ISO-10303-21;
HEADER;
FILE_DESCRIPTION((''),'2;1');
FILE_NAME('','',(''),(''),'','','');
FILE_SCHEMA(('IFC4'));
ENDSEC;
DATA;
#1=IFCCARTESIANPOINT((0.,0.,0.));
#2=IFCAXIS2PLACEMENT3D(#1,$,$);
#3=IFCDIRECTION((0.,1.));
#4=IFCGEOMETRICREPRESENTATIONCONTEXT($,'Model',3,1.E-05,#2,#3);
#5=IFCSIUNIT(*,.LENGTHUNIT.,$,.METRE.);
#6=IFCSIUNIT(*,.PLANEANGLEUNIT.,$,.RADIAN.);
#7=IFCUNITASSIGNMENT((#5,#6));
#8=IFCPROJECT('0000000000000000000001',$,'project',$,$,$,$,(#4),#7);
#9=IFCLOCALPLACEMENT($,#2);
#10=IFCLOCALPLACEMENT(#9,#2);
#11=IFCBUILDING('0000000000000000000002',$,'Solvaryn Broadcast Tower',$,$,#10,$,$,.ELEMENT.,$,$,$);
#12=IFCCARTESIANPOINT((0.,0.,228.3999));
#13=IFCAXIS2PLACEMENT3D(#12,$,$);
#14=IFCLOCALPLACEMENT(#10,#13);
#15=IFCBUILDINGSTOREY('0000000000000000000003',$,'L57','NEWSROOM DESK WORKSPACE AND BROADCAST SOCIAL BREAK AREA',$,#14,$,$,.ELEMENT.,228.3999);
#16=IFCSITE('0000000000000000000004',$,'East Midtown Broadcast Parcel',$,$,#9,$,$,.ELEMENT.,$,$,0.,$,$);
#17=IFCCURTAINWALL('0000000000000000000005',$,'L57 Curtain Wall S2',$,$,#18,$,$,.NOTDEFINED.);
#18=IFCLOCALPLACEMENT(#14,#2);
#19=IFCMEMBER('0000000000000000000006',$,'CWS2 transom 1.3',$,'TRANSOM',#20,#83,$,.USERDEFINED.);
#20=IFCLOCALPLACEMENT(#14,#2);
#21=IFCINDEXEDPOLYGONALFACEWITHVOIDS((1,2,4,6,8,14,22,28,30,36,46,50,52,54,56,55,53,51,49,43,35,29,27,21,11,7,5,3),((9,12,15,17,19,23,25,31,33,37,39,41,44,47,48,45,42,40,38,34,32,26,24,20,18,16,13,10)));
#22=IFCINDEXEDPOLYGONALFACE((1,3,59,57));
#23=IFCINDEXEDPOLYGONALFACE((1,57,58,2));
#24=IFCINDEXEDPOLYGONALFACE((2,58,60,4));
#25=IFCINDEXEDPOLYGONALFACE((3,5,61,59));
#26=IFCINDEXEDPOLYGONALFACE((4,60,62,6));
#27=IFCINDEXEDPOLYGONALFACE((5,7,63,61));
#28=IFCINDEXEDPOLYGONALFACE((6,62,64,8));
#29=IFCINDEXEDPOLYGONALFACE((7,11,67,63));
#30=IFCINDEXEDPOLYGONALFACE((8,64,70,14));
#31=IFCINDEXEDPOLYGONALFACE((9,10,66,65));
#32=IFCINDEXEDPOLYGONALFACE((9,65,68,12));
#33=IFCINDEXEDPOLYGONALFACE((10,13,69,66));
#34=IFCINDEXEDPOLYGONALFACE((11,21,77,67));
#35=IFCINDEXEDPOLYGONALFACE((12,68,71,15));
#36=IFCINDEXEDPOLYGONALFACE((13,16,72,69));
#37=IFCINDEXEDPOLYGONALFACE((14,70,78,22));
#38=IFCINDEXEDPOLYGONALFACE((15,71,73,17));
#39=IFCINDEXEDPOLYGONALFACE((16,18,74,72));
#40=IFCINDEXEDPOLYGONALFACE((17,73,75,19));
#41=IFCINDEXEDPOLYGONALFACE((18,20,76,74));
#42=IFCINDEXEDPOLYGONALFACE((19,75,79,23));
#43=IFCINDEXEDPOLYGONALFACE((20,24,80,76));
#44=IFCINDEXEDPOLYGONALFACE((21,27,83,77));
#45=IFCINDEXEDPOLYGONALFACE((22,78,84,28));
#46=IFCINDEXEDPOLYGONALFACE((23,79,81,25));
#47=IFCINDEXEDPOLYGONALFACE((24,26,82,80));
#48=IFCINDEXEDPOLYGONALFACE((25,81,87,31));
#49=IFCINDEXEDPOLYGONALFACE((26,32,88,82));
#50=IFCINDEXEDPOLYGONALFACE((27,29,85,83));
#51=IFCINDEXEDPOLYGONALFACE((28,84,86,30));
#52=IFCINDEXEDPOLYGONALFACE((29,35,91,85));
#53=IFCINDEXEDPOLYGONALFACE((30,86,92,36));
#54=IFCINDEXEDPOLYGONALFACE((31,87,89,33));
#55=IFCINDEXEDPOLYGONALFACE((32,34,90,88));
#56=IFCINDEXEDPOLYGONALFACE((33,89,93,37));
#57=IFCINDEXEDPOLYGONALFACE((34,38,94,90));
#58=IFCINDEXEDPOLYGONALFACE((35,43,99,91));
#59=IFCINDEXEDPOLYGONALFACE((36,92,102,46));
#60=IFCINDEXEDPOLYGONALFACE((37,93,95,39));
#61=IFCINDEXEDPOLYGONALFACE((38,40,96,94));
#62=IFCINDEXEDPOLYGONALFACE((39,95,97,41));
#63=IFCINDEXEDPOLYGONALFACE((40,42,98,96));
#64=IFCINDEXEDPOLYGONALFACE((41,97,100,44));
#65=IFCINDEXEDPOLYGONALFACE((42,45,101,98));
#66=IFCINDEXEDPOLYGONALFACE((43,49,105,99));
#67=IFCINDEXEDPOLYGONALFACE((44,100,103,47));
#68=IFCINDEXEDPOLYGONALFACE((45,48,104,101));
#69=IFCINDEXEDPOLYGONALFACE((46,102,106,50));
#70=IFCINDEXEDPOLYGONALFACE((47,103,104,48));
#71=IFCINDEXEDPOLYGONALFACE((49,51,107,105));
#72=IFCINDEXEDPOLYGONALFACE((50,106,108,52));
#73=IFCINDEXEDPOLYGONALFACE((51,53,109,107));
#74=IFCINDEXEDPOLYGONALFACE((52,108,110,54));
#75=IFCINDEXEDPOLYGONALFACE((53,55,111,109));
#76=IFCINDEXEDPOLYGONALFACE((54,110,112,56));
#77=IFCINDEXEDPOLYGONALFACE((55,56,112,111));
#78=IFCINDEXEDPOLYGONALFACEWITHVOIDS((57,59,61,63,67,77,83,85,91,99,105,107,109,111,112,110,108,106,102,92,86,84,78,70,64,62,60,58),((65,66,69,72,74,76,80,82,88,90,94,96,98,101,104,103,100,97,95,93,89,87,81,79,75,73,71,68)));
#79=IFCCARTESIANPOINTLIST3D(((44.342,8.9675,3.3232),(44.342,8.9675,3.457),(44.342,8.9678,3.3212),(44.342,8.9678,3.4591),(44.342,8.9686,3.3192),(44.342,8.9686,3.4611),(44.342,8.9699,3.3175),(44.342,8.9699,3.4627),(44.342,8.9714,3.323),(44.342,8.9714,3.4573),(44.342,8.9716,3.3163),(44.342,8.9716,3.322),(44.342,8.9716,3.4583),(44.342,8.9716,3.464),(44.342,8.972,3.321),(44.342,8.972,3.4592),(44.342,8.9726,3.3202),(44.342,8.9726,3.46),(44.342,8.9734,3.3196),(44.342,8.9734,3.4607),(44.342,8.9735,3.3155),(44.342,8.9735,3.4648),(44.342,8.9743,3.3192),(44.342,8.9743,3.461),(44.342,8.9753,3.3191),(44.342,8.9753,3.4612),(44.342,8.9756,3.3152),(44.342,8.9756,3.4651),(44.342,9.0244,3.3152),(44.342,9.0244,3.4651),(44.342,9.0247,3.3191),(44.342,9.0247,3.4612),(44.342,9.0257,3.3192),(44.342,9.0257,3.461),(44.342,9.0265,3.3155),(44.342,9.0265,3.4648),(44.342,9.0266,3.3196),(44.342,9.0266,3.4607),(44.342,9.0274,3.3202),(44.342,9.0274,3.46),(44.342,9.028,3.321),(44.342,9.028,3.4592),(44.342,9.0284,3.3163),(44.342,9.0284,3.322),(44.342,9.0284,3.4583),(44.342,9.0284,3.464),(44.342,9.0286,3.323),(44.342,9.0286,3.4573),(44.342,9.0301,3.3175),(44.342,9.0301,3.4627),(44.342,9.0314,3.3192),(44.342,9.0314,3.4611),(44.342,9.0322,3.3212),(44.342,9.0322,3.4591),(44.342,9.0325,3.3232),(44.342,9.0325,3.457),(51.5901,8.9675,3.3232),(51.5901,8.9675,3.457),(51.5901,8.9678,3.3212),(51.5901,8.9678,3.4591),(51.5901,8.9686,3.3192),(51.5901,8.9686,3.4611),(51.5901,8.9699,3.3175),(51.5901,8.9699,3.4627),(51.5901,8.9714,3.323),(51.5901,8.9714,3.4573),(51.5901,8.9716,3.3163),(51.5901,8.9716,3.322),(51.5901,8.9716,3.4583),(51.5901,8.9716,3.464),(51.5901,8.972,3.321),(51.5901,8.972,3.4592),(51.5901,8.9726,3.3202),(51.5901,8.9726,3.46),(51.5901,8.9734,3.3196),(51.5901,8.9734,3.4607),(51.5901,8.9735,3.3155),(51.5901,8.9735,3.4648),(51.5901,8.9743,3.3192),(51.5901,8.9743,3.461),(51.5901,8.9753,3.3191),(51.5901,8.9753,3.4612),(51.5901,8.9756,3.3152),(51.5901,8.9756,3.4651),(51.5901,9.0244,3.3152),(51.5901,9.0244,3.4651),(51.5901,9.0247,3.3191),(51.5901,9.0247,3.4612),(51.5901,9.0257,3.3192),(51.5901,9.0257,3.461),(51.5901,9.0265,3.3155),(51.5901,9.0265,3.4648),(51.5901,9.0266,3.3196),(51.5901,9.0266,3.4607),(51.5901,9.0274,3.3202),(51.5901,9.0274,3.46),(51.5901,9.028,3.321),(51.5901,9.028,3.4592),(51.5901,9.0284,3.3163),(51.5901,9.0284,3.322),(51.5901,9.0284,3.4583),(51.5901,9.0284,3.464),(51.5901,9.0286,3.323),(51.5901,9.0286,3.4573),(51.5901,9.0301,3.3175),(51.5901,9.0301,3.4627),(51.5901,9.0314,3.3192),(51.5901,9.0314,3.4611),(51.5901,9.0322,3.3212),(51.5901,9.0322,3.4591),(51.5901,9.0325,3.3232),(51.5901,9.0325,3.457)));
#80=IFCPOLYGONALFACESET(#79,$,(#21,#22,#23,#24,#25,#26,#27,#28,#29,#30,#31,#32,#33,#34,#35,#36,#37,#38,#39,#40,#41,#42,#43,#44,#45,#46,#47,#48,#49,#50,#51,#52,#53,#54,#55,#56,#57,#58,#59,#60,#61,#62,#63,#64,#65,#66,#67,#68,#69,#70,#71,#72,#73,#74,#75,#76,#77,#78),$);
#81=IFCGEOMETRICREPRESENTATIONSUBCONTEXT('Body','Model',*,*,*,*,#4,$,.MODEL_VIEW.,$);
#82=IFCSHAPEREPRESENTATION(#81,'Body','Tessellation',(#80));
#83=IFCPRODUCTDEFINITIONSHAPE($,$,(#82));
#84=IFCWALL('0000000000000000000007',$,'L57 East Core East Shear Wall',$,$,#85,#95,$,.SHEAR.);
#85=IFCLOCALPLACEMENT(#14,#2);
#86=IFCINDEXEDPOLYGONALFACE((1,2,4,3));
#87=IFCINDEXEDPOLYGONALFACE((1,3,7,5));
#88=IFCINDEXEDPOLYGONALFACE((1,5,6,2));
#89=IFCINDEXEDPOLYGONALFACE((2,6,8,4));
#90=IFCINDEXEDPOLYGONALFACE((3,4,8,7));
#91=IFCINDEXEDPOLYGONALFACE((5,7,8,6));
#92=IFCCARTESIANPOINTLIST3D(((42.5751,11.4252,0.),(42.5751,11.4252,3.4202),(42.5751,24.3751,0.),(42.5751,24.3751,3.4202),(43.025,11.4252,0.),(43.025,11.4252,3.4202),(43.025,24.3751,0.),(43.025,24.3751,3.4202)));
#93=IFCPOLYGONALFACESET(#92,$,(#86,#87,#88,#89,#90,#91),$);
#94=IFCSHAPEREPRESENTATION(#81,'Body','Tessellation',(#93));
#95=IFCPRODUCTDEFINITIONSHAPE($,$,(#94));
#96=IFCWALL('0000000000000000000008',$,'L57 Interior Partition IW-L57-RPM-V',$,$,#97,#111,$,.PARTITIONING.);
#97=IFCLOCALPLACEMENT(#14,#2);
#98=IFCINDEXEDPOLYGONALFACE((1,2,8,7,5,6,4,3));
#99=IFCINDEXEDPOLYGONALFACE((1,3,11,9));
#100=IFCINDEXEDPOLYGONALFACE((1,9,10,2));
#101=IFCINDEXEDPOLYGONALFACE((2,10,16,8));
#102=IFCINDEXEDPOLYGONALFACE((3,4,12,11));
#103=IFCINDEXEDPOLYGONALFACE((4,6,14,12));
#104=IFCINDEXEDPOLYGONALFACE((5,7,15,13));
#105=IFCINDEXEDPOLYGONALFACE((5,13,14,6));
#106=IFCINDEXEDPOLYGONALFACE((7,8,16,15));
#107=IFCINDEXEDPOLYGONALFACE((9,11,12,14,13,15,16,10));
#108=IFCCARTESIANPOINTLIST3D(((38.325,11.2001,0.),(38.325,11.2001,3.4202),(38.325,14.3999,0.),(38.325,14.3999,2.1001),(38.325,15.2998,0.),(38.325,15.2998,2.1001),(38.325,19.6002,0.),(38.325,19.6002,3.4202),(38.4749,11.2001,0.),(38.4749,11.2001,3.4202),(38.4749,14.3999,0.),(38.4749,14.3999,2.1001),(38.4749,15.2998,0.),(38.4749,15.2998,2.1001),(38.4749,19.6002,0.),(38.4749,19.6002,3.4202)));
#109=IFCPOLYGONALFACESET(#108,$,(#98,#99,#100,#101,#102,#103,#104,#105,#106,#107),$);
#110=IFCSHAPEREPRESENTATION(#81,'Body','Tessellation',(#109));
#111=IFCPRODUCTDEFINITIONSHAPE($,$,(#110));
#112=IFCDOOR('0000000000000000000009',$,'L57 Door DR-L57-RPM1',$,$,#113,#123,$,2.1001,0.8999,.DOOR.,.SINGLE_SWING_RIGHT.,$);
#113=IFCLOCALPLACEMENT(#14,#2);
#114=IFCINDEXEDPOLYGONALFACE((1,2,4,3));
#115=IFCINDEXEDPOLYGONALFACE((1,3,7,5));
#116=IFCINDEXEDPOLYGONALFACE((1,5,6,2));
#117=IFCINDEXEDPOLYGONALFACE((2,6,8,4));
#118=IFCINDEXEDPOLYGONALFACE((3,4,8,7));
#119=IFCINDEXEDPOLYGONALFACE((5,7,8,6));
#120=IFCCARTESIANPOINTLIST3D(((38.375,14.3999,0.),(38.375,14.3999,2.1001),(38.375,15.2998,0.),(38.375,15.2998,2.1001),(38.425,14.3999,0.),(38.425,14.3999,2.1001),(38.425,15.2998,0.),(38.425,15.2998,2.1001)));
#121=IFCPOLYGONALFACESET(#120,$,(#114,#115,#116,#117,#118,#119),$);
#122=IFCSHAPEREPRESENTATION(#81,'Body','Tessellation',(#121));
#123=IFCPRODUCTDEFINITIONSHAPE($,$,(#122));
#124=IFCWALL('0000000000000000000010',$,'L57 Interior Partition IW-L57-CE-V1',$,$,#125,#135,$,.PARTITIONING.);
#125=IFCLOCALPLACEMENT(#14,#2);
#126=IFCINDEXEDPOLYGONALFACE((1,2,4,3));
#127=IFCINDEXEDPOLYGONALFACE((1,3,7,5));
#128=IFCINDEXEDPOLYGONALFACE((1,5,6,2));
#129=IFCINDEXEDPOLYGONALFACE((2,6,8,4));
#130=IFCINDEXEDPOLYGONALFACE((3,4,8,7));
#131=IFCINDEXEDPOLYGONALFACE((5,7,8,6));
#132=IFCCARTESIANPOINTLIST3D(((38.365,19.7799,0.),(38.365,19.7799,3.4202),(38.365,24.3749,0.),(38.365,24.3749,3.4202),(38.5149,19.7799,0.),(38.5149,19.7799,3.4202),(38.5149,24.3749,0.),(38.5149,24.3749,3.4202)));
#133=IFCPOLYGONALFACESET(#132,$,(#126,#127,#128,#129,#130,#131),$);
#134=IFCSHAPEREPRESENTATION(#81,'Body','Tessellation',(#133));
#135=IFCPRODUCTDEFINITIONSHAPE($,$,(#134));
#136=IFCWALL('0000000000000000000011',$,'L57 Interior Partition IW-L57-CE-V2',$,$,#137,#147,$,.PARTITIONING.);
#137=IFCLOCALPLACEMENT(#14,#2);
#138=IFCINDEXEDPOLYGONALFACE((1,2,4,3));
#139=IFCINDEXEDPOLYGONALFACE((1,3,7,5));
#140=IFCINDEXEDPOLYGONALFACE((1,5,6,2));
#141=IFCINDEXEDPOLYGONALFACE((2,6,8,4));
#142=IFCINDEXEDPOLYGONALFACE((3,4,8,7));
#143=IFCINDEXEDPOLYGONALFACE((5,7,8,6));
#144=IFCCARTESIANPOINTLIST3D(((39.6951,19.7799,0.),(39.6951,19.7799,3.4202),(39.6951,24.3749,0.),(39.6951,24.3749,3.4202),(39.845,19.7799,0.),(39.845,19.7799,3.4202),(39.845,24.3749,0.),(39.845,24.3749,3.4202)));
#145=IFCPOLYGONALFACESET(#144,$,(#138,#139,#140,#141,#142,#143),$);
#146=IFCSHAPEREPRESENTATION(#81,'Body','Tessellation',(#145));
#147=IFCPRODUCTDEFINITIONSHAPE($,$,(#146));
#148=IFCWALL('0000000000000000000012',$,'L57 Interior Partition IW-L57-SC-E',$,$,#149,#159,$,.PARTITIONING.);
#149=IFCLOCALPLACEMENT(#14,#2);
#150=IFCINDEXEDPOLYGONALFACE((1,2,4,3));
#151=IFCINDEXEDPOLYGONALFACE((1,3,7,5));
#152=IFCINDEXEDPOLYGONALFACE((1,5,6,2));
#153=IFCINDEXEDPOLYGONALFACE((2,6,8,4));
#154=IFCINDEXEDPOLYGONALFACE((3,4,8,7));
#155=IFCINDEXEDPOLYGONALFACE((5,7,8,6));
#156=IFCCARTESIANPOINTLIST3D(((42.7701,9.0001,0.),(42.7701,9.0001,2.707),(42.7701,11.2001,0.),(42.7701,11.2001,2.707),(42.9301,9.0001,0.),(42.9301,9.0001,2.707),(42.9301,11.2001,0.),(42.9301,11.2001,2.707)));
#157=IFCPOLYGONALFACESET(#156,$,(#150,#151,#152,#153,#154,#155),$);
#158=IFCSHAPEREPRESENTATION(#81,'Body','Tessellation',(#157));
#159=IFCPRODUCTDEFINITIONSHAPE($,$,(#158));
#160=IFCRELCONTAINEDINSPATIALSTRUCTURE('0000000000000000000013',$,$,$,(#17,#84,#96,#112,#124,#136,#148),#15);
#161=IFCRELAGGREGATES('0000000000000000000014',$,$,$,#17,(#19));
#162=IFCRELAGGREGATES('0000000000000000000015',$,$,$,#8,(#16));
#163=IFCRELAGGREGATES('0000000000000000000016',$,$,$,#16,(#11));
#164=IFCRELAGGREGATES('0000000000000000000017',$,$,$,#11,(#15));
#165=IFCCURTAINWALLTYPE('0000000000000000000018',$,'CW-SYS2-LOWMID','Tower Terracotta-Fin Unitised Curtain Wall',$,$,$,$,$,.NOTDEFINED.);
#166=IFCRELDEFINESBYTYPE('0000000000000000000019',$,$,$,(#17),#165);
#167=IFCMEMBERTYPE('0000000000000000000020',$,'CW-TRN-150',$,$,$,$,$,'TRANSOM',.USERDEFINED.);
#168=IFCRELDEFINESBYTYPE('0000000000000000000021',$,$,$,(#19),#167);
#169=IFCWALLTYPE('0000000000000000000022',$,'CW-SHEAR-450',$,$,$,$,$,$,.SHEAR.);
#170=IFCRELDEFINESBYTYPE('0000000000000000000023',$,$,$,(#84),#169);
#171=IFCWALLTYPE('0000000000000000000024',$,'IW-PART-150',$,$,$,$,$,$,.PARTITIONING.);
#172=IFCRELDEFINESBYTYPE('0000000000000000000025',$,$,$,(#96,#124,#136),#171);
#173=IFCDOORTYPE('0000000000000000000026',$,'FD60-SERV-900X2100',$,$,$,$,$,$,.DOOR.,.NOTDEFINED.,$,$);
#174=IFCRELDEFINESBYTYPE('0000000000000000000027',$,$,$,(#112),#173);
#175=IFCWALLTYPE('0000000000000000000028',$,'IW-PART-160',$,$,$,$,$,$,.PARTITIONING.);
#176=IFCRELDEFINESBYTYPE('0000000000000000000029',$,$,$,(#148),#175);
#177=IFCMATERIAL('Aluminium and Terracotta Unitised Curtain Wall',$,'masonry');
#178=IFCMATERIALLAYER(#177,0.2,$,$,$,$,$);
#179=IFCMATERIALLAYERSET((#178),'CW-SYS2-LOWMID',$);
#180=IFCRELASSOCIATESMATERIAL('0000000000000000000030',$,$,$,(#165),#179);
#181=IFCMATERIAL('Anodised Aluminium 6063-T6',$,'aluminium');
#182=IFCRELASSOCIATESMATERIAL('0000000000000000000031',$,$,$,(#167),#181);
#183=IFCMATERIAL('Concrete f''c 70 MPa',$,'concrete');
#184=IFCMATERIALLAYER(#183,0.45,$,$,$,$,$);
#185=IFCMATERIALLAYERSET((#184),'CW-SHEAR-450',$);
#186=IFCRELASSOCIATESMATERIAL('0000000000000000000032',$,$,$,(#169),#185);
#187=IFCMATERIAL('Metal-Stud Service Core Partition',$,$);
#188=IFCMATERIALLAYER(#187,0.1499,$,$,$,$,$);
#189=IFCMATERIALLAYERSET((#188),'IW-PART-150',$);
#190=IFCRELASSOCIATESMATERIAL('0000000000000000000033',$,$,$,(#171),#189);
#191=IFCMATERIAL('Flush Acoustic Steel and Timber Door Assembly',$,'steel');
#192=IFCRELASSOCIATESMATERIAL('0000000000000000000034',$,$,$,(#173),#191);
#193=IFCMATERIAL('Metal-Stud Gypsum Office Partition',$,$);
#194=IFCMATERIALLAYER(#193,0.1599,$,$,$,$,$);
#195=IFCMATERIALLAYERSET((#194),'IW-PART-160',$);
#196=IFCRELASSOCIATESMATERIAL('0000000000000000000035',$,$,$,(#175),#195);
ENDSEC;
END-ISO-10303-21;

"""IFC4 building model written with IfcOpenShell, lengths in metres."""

from ifc_helpers import new_model, si_unit, direction, frame, frame_2d, origin, origin_2d, place, context, subcontext, project, spatial, rectangle, hollow_rectangle, extrude, material, layer, layer_set, material_profile, profile_set, type_object, element, fill, aggregate, save


model = new_model("IFC4")

# Units and contexts
model_context = context("Model", 3, precision=1e-05, world=origin(), true_north=direction((0.0, 1.0)))
body_context = subcontext(model_context, "Body", "Model", "MODEL_VIEW")
ifc_project = project(units=[si_unit("LENGTHUNIT", "METRE"), si_unit("PLANEANGLEUNIT", "RADIAN")], contexts=[model_context])

# Site, building, storey
site_placement = place(None, origin())
site = spatial("IfcSite", under=ifc_project, at=site_placement, Name="East Midtown Broadcast Parcel", CompositionType="ELEMENT", RefElevation=0.0)
building_placement = place(site_placement, origin())
building = spatial("IfcBuilding", under=site, at=building_placement, Name="Solvaryn Broadcast Tower", CompositionType="ELEMENT")
storey_placement = place(building_placement, frame((0.0, 0.0, 228.3999)))
storey = spatial("IfcBuildingStorey", under=building, at=storey_placement, Name="L57", Description="NEWSROOM DESK WORKSPACE AND BROADCAST SOCIAL BREAK AREA", CompositionType="ELEMENT", Elevation=228.3999)

# Shared definitions
ifc_material_1 = material(Name="Aluminium and Terracotta Unitised Curtain Wall", Category="masonry")
ifc_layer_1 = layer(ifc_material_1, 0.2)
ifc_layer_set_1 = layer_set([ifc_layer_1], Name="CW-SYS2-LOWMID")
curtain_wall_type = type_object("IfcCurtainWallType", Name="CW-SYS2-LOWMID", Description="Tower Terracotta-Fin Unitised Curtain Wall", PredefinedType="NOTDEFINED", material=ifc_layer_set_1)

# Curtain wall, member
curtain_wall_1_placement = place(storey_placement, origin())
curtain_wall_1 = element("IfcCurtainWall", 1, at=curtain_wall_1_placement, inside=storey, type_object=curtain_wall_type, Name="L57 Curtain Wall S2", PredefinedType="NOTDEFINED")
ifc_material_2 = material(Name="Anodised Aluminium 6063-T6", Category="aluminium")
ifc_material_profile_1 = material_profile(ifc_material_2, hollow_rectangle(XDim=0.0649, YDim=0.1499, WallThickness=0.0039, InnerFilletRadius=0.0039, OuterFilletRadius=0.0081, at=origin_2d()))
ifc_profile_set_1 = profile_set([ifc_material_profile_1], Name="Anodised Aluminium 6063-T6")
member_type_1 = type_object("IfcMemberType", Name="CW-TRN-150", ElementType="TRANSOM", PredefinedType="USERDEFINED", material=ifc_profile_set_1)
member_1_placement = place(storey_placement, frame((44.342, 9.0, 3.3901), z_axis=(1.0, 0.0, 0.0), x_axis=(0.0, 1.0, 0.0)))
member_1 = element("IfcMember", 2, at=member_1_placement, type_object=member_type_1, Name="CWS2 transom 1.3", ObjectType="TRANSOM", PredefinedType="USERDEFINED", context=body_context, shape_type="SweptSolid", body=[
    extrude(hollow_rectangle(XDim=0.0649, YDim=0.1499, WallThickness=0.0039, InnerFilletRadius=0.0039, OuterFilletRadius=0.0081, at=origin_2d()), origin(), (0.0, 0.0, 1.0), 7.248),
])
aggregate(curtain_wall_1, [member_1])

# Wall
ifc_material_3 = material(Name="Concrete f'c 70 MPa", Category="concrete")
ifc_layer_2 = layer(ifc_material_3, 0.45)
ifc_layer_set_2 = layer_set([ifc_layer_2], Name="CW-SHEAR-450")
wall_type_1 = type_object("IfcWallType", Name="CW-SHEAR-450", PredefinedType="SHEAR", material=ifc_layer_set_2)
wall_1_placement = place(storey_placement, frame((42.8, 11.425, 0.0), z_axis=(0.0, 0.0, 1.0), x_axis=(0.0, 1.0, 0.0)))
element("IfcWall", 3, at=wall_1_placement, inside=storey, type_object=wall_type_1, Name="L57 East Core East Shear Wall", PredefinedType="SHEAR", context=body_context, shape_type="SweptSolid", body=[
    extrude(rectangle(XDim=12.95, YDim=0.45, at=frame_2d((6.4751, 0.0))), origin(), (0.0, 0.0, 1.0), 3.4202),
])

# Wall, opening, door
ifc_material_4 = material(Name="Metal-Stud Service Core Partition")
ifc_layer_3 = layer(ifc_material_4, 0.1499)
ifc_layer_set_3 = layer_set([ifc_layer_3], Name="IW-PART-150")
wall_type_2 = type_object("IfcWallType", Name="IW-PART-150", PredefinedType="PARTITIONING", material=ifc_layer_set_3)
wall_2_placement = place(storey_placement, frame((38.3999, 11.2, 0.0), z_axis=(0.0, 0.0, 1.0), x_axis=(0.0, 1.0, 0.0)))
wall_2 = element("IfcWall", 4, at=wall_2_placement, inside=storey, type_object=wall_type_2, Name="L57 Interior Partition IW-L57-RPM-V", PredefinedType="PARTITIONING", context=body_context, shape_type="SweptSolid", body=[
    extrude(rectangle(XDim=8.4001, YDim=0.1499, at=frame_2d((4.2002, 0.0))), origin(), (0.0, 0.0, 1.0), 3.4202),
])
opening_1_placement = place(wall_2_placement, frame((3.2, 0.0, 0.0)))
opening_1 = element("IfcOpeningElement", 5, at=opening_1_placement, cuts=wall_2, PredefinedType="OPENING", context=body_context, shape_type="SweptSolid", body=[
    extrude(rectangle(XDim=0.8999, YDim=2.1001, at=frame_2d((0.45, 1.05))), frame((0.0, 0.085, 0.0), z_axis=(0.0, -1.0, 0.0), x_axis=(1.0, 0.0, 0.0)), (0.0, 0.0, 1.0), 0.1699),
])
ifc_material_5 = material(Name="Flush Acoustic Steel and Timber Door Assembly", Category="steel")
door_type_1 = type_object("IfcDoorType", Name="FD60-SERV-900X2100", OperationType="NOTDEFINED", PredefinedType="DOOR", material=ifc_material_5)
door_1_placement = place(opening_1_placement, origin())
door_1 = element("IfcDoor", 6, at=door_1_placement, inside=storey, type_object=door_type_1, Name="L57 Door DR-L57-RPM1", OperationType="SINGLE_SWING_RIGHT", OverallHeight=2.1001, OverallWidth=0.8999, PredefinedType="DOOR", context=body_context, shape_type="SweptSolid", body=[
    extrude(rectangle(XDim=0.8999, YDim=2.1001, at=frame_2d((0.45, 1.05))), frame((0.0, 0.0249, 0.0), z_axis=(0.0, -1.0, 0.0), x_axis=(1.0, 0.0, 0.0)), (0.0, 0.0, 1.0), 0.05),
])
fill(opening_1, door_1)

# Walls
for number, where, z_axis, x_axis, name in (
    (7, (38.4399, 19.78, 0.0), (0.0, 0.0, 1.0), (0.0, 1.0, 0.0), "L57 Interior Partition IW-L57-CE-V1"),
    (8, (39.77, 19.78, 0.0), (0.0, 0.0, 1.0), (0.0, 1.0, 0.0), "L57 Interior Partition IW-L57-CE-V2"),
):
    element("IfcWall", number, at=place(storey_placement, frame(where, z_axis=z_axis, x_axis=x_axis)), inside=storey, type_object=wall_type_2, Name=name, PredefinedType="PARTITIONING", context=body_context, shape_type="SweptSolid", body=[
        extrude(rectangle(XDim=4.595, YDim=0.1499, at=frame_2d((2.2974, 0.0))), origin(), (0.0, 0.0, 1.0), 3.4202),
    ])
ifc_material_6 = material(Name="Metal-Stud Gypsum Office Partition")
ifc_layer_4 = layer(ifc_material_6, 0.1599)
ifc_layer_set_4 = layer_set([ifc_layer_4], Name="IW-PART-160")
wall_type_3 = type_object("IfcWallType", Name="IW-PART-160", PredefinedType="PARTITIONING", material=ifc_layer_set_4)
wall_3_placement = place(storey_placement, frame((42.8501, 9.0, 0.0), z_axis=(0.0, 0.0, 1.0), x_axis=(0.0, 1.0, 0.0)))
element("IfcWall", 9, at=wall_3_placement, inside=storey, type_object=wall_type_3, Name="L57 Interior Partition IW-L57-SC-E", PredefinedType="PARTITIONING", context=body_context, shape_type="SweptSolid", body=[
    extrude(rectangle(XDim=2.2, YDim=0.1599, at=frame_2d((1.1001, 0.0))), origin(), (0.0, 0.0, 1.0), 2.707),
])

save(model, "model.ifc")
